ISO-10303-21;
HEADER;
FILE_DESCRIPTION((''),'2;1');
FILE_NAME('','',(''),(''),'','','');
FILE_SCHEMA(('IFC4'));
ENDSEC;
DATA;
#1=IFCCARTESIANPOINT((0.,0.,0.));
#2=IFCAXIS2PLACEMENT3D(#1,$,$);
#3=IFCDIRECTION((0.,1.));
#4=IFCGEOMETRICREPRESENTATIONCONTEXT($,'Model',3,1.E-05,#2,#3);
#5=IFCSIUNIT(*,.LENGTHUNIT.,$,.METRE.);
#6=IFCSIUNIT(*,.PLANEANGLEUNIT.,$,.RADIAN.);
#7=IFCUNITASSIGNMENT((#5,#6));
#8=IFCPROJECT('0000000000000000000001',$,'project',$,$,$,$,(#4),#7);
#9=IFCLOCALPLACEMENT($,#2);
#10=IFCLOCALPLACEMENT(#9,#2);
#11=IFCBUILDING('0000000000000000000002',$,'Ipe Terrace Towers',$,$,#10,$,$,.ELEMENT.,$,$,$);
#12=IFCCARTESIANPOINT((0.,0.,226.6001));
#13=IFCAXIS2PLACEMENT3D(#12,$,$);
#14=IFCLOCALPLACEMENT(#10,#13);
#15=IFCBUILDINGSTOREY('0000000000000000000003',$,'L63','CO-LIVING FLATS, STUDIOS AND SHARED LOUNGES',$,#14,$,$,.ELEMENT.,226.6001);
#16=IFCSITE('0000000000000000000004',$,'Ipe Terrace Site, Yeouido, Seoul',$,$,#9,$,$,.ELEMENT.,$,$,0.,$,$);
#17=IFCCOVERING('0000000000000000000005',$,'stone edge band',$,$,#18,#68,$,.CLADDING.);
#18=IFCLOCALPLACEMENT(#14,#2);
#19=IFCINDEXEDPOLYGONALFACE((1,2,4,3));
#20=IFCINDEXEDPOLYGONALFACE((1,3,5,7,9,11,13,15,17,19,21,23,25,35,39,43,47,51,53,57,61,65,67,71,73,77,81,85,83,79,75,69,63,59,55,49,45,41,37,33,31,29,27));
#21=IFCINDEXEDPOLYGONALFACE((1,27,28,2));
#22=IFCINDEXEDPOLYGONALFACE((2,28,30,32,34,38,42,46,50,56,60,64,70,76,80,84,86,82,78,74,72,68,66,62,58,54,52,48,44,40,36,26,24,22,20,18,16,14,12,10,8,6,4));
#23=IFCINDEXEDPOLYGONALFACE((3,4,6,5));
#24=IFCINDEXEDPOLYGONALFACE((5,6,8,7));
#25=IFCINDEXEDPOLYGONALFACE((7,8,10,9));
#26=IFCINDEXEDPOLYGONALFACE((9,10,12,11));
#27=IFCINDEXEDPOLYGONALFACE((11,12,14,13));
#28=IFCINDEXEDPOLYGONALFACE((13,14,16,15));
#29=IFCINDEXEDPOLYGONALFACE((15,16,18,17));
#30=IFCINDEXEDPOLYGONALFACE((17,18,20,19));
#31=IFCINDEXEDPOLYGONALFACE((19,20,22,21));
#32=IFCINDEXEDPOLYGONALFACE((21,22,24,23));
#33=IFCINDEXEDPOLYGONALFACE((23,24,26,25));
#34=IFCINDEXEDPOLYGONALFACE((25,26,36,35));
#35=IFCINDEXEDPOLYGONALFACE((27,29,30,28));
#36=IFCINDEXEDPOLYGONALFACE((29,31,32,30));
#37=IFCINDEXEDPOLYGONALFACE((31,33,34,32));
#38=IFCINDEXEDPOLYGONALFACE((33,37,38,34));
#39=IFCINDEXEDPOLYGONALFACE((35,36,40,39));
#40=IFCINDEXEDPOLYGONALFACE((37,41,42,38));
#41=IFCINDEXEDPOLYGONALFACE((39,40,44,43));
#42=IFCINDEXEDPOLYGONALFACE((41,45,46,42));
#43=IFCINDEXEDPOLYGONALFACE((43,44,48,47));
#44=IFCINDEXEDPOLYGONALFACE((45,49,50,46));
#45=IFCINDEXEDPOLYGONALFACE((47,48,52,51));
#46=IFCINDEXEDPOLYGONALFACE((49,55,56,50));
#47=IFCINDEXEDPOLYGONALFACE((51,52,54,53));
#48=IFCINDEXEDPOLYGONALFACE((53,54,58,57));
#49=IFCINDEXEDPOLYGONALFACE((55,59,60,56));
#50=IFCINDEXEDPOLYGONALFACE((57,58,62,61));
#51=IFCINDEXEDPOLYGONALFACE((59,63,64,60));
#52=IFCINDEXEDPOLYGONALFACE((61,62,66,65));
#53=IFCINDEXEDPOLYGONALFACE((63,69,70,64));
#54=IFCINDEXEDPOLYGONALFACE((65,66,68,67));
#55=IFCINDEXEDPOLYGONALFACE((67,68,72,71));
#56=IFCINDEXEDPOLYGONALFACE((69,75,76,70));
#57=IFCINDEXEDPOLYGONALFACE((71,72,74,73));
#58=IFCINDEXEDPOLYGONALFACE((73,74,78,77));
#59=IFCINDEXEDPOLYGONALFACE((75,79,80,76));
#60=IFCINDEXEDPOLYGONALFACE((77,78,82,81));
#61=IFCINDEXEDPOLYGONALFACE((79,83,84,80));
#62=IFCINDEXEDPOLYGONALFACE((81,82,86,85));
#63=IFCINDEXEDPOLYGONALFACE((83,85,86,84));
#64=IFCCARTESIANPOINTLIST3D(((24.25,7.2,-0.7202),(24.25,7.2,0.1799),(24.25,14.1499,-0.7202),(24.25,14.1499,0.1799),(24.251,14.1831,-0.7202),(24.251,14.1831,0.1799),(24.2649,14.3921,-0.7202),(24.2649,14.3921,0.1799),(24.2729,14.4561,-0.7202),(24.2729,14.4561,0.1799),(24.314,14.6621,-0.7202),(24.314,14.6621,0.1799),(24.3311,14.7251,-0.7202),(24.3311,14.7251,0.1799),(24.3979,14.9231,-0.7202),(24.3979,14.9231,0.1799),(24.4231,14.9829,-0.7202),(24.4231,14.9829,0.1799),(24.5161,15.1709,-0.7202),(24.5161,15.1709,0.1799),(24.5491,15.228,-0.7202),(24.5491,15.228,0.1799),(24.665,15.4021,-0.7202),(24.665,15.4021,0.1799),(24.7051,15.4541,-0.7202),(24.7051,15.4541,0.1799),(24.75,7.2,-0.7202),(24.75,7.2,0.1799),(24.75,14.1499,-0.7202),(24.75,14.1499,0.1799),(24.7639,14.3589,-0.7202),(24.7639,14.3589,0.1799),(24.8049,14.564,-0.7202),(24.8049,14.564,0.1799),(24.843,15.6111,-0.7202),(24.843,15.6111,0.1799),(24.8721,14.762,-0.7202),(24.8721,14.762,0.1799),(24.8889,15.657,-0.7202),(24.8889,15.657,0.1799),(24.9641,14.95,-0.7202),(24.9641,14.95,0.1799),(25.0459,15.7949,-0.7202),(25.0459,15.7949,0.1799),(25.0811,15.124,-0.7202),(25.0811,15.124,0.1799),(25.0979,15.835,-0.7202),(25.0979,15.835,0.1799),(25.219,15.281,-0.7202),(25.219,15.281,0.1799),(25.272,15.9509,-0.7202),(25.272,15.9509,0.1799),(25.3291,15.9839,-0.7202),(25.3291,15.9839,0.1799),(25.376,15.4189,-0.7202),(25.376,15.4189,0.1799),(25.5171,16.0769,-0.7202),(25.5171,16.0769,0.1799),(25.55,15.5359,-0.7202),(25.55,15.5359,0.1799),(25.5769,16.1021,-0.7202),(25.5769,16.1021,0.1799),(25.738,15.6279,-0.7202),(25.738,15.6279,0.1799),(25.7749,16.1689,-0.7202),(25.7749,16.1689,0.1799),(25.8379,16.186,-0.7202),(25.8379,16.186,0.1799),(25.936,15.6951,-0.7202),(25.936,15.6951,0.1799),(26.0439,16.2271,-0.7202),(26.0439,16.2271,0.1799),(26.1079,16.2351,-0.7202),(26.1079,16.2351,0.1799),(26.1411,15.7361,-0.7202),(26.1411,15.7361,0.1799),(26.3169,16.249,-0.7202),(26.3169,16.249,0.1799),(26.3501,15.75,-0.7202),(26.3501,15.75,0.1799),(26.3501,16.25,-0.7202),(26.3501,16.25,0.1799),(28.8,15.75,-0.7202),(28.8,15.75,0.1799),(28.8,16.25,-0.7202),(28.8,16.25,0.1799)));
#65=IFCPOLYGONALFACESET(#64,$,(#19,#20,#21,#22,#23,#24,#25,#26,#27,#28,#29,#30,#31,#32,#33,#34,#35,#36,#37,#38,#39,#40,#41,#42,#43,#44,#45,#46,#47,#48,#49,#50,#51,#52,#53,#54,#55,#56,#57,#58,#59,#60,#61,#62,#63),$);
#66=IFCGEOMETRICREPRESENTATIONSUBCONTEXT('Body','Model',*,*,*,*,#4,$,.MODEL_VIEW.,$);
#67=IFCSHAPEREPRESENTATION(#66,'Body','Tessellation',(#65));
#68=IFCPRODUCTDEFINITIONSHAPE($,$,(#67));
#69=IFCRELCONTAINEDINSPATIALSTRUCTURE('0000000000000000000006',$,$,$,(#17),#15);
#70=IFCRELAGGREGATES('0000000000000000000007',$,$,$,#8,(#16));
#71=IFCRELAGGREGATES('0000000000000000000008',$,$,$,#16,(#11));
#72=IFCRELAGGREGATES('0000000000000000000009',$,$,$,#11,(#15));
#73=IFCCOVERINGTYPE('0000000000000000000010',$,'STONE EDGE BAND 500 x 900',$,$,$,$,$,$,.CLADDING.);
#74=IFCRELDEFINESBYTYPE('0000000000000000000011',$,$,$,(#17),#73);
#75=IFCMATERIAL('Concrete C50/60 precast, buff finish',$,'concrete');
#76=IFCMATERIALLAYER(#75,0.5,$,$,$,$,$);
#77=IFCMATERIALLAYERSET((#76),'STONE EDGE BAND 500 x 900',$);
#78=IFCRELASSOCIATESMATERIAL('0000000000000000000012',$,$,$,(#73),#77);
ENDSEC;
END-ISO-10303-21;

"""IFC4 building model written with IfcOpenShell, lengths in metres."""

from ifc_helpers import new_model, si_unit, direction, frame, origin, place, context, subcontext, project, spatial, polyline, outline, extrude, material, layer, layer_set, type_object, element, save


model = new_model("IFC4")

# Units and contexts
model_context = context("Model", 3, precision=1e-05, world=origin(), true_north=direction((0.0, 1.0)))
body_context = subcontext(model_context, "Body", "Model", "MODEL_VIEW")
ifc_project = project(units=[si_unit("LENGTHUNIT", "METRE"), si_unit("PLANEANGLEUNIT", "RADIAN")], contexts=[model_context])

# Site, building, storey
site_placement = place(None, origin())
site = spatial("IfcSite", under=ifc_project, at=site_placement, Name="Ipe Terrace Site, Yeouido, Seoul", CompositionType="ELEMENT", RefElevation=0.0)
building_placement = place(site_placement, origin())
building = spatial("IfcBuilding", under=site, at=building_placement, Name="Ipe Terrace Towers", CompositionType="ELEMENT")
storey_placement = place(building_placement, frame((0.0, 0.0, 226.6001)))
storey = spatial("IfcBuildingStorey", under=building, at=storey_placement, Name="L63", Description="CO-LIVING FLATS, STUDIOS AND SHARED LOUNGES", CompositionType="ELEMENT", Elevation=226.6001)

# Covering
ifc_material_1 = material(Name="Concrete C50/60 precast, buff finish", Category="concrete")
ifc_layer_1 = layer(ifc_material_1, 0.5)
ifc_layer_set_1 = layer_set([ifc_layer_1], Name="STONE EDGE BAND 500 x 900")
covering_type = type_object("IfcCoveringType", Name="STONE EDGE BAND 500 x 900", PredefinedType="CLADDING", material=ifc_layer_set_1)
covering_1_placement = place(storey_placement, frame((0.0, 0.0, -0.7202)))
element("IfcCovering", 1, at=covering_1_placement, inside=storey, type_object=covering_type, Name="stone edge band", PredefinedType="CLADDING", context=body_context, shape_type="SweptSolid", body=[
    extrude(outline(polyline([(24.25, 14.1499), (24.25, 7.2), (24.75, 7.2), (24.75, 14.1499), (24.7639, 14.3589), (24.8049, 14.564), (24.8721, 14.762), (24.9641, 14.95), (25.0811, 15.124), (25.219, 15.281), (25.376, 15.4189), (25.55, 15.5359), (25.738, 15.6279), (25.936, 15.6951), (26.1411, 15.7361), (26.3501, 15.75), (28.8, 15.75), (28.8, 16.25), (26.3501, 16.25), (26.3169, 16.249), (26.1079, 16.2351), (26.0439, 16.2271), (25.8379, 16.186), (25.7749, 16.1689), (25.5769, 16.1021), (25.5171, 16.0769), (25.3291, 15.9839), (25.272, 15.9509), (25.0979, 15.835), (25.0459, 15.7949), (24.8889, 15.657), (24.843, 15.6111), (24.7051, 15.4541), (24.665, 15.4021), (24.5491, 15.228), (24.5161, 15.1709), (24.4231, 14.9829), (24.3979, 14.9231), (24.3311, 14.7251), (24.314, 14.6621), (24.2729, 14.4561), (24.2649, 14.3921), (24.251, 14.1831), (24.25, 14.1499)])), origin(), (0.0, 0.0, 1.0), 0.9001),
])

save(model, "model.ifc")
